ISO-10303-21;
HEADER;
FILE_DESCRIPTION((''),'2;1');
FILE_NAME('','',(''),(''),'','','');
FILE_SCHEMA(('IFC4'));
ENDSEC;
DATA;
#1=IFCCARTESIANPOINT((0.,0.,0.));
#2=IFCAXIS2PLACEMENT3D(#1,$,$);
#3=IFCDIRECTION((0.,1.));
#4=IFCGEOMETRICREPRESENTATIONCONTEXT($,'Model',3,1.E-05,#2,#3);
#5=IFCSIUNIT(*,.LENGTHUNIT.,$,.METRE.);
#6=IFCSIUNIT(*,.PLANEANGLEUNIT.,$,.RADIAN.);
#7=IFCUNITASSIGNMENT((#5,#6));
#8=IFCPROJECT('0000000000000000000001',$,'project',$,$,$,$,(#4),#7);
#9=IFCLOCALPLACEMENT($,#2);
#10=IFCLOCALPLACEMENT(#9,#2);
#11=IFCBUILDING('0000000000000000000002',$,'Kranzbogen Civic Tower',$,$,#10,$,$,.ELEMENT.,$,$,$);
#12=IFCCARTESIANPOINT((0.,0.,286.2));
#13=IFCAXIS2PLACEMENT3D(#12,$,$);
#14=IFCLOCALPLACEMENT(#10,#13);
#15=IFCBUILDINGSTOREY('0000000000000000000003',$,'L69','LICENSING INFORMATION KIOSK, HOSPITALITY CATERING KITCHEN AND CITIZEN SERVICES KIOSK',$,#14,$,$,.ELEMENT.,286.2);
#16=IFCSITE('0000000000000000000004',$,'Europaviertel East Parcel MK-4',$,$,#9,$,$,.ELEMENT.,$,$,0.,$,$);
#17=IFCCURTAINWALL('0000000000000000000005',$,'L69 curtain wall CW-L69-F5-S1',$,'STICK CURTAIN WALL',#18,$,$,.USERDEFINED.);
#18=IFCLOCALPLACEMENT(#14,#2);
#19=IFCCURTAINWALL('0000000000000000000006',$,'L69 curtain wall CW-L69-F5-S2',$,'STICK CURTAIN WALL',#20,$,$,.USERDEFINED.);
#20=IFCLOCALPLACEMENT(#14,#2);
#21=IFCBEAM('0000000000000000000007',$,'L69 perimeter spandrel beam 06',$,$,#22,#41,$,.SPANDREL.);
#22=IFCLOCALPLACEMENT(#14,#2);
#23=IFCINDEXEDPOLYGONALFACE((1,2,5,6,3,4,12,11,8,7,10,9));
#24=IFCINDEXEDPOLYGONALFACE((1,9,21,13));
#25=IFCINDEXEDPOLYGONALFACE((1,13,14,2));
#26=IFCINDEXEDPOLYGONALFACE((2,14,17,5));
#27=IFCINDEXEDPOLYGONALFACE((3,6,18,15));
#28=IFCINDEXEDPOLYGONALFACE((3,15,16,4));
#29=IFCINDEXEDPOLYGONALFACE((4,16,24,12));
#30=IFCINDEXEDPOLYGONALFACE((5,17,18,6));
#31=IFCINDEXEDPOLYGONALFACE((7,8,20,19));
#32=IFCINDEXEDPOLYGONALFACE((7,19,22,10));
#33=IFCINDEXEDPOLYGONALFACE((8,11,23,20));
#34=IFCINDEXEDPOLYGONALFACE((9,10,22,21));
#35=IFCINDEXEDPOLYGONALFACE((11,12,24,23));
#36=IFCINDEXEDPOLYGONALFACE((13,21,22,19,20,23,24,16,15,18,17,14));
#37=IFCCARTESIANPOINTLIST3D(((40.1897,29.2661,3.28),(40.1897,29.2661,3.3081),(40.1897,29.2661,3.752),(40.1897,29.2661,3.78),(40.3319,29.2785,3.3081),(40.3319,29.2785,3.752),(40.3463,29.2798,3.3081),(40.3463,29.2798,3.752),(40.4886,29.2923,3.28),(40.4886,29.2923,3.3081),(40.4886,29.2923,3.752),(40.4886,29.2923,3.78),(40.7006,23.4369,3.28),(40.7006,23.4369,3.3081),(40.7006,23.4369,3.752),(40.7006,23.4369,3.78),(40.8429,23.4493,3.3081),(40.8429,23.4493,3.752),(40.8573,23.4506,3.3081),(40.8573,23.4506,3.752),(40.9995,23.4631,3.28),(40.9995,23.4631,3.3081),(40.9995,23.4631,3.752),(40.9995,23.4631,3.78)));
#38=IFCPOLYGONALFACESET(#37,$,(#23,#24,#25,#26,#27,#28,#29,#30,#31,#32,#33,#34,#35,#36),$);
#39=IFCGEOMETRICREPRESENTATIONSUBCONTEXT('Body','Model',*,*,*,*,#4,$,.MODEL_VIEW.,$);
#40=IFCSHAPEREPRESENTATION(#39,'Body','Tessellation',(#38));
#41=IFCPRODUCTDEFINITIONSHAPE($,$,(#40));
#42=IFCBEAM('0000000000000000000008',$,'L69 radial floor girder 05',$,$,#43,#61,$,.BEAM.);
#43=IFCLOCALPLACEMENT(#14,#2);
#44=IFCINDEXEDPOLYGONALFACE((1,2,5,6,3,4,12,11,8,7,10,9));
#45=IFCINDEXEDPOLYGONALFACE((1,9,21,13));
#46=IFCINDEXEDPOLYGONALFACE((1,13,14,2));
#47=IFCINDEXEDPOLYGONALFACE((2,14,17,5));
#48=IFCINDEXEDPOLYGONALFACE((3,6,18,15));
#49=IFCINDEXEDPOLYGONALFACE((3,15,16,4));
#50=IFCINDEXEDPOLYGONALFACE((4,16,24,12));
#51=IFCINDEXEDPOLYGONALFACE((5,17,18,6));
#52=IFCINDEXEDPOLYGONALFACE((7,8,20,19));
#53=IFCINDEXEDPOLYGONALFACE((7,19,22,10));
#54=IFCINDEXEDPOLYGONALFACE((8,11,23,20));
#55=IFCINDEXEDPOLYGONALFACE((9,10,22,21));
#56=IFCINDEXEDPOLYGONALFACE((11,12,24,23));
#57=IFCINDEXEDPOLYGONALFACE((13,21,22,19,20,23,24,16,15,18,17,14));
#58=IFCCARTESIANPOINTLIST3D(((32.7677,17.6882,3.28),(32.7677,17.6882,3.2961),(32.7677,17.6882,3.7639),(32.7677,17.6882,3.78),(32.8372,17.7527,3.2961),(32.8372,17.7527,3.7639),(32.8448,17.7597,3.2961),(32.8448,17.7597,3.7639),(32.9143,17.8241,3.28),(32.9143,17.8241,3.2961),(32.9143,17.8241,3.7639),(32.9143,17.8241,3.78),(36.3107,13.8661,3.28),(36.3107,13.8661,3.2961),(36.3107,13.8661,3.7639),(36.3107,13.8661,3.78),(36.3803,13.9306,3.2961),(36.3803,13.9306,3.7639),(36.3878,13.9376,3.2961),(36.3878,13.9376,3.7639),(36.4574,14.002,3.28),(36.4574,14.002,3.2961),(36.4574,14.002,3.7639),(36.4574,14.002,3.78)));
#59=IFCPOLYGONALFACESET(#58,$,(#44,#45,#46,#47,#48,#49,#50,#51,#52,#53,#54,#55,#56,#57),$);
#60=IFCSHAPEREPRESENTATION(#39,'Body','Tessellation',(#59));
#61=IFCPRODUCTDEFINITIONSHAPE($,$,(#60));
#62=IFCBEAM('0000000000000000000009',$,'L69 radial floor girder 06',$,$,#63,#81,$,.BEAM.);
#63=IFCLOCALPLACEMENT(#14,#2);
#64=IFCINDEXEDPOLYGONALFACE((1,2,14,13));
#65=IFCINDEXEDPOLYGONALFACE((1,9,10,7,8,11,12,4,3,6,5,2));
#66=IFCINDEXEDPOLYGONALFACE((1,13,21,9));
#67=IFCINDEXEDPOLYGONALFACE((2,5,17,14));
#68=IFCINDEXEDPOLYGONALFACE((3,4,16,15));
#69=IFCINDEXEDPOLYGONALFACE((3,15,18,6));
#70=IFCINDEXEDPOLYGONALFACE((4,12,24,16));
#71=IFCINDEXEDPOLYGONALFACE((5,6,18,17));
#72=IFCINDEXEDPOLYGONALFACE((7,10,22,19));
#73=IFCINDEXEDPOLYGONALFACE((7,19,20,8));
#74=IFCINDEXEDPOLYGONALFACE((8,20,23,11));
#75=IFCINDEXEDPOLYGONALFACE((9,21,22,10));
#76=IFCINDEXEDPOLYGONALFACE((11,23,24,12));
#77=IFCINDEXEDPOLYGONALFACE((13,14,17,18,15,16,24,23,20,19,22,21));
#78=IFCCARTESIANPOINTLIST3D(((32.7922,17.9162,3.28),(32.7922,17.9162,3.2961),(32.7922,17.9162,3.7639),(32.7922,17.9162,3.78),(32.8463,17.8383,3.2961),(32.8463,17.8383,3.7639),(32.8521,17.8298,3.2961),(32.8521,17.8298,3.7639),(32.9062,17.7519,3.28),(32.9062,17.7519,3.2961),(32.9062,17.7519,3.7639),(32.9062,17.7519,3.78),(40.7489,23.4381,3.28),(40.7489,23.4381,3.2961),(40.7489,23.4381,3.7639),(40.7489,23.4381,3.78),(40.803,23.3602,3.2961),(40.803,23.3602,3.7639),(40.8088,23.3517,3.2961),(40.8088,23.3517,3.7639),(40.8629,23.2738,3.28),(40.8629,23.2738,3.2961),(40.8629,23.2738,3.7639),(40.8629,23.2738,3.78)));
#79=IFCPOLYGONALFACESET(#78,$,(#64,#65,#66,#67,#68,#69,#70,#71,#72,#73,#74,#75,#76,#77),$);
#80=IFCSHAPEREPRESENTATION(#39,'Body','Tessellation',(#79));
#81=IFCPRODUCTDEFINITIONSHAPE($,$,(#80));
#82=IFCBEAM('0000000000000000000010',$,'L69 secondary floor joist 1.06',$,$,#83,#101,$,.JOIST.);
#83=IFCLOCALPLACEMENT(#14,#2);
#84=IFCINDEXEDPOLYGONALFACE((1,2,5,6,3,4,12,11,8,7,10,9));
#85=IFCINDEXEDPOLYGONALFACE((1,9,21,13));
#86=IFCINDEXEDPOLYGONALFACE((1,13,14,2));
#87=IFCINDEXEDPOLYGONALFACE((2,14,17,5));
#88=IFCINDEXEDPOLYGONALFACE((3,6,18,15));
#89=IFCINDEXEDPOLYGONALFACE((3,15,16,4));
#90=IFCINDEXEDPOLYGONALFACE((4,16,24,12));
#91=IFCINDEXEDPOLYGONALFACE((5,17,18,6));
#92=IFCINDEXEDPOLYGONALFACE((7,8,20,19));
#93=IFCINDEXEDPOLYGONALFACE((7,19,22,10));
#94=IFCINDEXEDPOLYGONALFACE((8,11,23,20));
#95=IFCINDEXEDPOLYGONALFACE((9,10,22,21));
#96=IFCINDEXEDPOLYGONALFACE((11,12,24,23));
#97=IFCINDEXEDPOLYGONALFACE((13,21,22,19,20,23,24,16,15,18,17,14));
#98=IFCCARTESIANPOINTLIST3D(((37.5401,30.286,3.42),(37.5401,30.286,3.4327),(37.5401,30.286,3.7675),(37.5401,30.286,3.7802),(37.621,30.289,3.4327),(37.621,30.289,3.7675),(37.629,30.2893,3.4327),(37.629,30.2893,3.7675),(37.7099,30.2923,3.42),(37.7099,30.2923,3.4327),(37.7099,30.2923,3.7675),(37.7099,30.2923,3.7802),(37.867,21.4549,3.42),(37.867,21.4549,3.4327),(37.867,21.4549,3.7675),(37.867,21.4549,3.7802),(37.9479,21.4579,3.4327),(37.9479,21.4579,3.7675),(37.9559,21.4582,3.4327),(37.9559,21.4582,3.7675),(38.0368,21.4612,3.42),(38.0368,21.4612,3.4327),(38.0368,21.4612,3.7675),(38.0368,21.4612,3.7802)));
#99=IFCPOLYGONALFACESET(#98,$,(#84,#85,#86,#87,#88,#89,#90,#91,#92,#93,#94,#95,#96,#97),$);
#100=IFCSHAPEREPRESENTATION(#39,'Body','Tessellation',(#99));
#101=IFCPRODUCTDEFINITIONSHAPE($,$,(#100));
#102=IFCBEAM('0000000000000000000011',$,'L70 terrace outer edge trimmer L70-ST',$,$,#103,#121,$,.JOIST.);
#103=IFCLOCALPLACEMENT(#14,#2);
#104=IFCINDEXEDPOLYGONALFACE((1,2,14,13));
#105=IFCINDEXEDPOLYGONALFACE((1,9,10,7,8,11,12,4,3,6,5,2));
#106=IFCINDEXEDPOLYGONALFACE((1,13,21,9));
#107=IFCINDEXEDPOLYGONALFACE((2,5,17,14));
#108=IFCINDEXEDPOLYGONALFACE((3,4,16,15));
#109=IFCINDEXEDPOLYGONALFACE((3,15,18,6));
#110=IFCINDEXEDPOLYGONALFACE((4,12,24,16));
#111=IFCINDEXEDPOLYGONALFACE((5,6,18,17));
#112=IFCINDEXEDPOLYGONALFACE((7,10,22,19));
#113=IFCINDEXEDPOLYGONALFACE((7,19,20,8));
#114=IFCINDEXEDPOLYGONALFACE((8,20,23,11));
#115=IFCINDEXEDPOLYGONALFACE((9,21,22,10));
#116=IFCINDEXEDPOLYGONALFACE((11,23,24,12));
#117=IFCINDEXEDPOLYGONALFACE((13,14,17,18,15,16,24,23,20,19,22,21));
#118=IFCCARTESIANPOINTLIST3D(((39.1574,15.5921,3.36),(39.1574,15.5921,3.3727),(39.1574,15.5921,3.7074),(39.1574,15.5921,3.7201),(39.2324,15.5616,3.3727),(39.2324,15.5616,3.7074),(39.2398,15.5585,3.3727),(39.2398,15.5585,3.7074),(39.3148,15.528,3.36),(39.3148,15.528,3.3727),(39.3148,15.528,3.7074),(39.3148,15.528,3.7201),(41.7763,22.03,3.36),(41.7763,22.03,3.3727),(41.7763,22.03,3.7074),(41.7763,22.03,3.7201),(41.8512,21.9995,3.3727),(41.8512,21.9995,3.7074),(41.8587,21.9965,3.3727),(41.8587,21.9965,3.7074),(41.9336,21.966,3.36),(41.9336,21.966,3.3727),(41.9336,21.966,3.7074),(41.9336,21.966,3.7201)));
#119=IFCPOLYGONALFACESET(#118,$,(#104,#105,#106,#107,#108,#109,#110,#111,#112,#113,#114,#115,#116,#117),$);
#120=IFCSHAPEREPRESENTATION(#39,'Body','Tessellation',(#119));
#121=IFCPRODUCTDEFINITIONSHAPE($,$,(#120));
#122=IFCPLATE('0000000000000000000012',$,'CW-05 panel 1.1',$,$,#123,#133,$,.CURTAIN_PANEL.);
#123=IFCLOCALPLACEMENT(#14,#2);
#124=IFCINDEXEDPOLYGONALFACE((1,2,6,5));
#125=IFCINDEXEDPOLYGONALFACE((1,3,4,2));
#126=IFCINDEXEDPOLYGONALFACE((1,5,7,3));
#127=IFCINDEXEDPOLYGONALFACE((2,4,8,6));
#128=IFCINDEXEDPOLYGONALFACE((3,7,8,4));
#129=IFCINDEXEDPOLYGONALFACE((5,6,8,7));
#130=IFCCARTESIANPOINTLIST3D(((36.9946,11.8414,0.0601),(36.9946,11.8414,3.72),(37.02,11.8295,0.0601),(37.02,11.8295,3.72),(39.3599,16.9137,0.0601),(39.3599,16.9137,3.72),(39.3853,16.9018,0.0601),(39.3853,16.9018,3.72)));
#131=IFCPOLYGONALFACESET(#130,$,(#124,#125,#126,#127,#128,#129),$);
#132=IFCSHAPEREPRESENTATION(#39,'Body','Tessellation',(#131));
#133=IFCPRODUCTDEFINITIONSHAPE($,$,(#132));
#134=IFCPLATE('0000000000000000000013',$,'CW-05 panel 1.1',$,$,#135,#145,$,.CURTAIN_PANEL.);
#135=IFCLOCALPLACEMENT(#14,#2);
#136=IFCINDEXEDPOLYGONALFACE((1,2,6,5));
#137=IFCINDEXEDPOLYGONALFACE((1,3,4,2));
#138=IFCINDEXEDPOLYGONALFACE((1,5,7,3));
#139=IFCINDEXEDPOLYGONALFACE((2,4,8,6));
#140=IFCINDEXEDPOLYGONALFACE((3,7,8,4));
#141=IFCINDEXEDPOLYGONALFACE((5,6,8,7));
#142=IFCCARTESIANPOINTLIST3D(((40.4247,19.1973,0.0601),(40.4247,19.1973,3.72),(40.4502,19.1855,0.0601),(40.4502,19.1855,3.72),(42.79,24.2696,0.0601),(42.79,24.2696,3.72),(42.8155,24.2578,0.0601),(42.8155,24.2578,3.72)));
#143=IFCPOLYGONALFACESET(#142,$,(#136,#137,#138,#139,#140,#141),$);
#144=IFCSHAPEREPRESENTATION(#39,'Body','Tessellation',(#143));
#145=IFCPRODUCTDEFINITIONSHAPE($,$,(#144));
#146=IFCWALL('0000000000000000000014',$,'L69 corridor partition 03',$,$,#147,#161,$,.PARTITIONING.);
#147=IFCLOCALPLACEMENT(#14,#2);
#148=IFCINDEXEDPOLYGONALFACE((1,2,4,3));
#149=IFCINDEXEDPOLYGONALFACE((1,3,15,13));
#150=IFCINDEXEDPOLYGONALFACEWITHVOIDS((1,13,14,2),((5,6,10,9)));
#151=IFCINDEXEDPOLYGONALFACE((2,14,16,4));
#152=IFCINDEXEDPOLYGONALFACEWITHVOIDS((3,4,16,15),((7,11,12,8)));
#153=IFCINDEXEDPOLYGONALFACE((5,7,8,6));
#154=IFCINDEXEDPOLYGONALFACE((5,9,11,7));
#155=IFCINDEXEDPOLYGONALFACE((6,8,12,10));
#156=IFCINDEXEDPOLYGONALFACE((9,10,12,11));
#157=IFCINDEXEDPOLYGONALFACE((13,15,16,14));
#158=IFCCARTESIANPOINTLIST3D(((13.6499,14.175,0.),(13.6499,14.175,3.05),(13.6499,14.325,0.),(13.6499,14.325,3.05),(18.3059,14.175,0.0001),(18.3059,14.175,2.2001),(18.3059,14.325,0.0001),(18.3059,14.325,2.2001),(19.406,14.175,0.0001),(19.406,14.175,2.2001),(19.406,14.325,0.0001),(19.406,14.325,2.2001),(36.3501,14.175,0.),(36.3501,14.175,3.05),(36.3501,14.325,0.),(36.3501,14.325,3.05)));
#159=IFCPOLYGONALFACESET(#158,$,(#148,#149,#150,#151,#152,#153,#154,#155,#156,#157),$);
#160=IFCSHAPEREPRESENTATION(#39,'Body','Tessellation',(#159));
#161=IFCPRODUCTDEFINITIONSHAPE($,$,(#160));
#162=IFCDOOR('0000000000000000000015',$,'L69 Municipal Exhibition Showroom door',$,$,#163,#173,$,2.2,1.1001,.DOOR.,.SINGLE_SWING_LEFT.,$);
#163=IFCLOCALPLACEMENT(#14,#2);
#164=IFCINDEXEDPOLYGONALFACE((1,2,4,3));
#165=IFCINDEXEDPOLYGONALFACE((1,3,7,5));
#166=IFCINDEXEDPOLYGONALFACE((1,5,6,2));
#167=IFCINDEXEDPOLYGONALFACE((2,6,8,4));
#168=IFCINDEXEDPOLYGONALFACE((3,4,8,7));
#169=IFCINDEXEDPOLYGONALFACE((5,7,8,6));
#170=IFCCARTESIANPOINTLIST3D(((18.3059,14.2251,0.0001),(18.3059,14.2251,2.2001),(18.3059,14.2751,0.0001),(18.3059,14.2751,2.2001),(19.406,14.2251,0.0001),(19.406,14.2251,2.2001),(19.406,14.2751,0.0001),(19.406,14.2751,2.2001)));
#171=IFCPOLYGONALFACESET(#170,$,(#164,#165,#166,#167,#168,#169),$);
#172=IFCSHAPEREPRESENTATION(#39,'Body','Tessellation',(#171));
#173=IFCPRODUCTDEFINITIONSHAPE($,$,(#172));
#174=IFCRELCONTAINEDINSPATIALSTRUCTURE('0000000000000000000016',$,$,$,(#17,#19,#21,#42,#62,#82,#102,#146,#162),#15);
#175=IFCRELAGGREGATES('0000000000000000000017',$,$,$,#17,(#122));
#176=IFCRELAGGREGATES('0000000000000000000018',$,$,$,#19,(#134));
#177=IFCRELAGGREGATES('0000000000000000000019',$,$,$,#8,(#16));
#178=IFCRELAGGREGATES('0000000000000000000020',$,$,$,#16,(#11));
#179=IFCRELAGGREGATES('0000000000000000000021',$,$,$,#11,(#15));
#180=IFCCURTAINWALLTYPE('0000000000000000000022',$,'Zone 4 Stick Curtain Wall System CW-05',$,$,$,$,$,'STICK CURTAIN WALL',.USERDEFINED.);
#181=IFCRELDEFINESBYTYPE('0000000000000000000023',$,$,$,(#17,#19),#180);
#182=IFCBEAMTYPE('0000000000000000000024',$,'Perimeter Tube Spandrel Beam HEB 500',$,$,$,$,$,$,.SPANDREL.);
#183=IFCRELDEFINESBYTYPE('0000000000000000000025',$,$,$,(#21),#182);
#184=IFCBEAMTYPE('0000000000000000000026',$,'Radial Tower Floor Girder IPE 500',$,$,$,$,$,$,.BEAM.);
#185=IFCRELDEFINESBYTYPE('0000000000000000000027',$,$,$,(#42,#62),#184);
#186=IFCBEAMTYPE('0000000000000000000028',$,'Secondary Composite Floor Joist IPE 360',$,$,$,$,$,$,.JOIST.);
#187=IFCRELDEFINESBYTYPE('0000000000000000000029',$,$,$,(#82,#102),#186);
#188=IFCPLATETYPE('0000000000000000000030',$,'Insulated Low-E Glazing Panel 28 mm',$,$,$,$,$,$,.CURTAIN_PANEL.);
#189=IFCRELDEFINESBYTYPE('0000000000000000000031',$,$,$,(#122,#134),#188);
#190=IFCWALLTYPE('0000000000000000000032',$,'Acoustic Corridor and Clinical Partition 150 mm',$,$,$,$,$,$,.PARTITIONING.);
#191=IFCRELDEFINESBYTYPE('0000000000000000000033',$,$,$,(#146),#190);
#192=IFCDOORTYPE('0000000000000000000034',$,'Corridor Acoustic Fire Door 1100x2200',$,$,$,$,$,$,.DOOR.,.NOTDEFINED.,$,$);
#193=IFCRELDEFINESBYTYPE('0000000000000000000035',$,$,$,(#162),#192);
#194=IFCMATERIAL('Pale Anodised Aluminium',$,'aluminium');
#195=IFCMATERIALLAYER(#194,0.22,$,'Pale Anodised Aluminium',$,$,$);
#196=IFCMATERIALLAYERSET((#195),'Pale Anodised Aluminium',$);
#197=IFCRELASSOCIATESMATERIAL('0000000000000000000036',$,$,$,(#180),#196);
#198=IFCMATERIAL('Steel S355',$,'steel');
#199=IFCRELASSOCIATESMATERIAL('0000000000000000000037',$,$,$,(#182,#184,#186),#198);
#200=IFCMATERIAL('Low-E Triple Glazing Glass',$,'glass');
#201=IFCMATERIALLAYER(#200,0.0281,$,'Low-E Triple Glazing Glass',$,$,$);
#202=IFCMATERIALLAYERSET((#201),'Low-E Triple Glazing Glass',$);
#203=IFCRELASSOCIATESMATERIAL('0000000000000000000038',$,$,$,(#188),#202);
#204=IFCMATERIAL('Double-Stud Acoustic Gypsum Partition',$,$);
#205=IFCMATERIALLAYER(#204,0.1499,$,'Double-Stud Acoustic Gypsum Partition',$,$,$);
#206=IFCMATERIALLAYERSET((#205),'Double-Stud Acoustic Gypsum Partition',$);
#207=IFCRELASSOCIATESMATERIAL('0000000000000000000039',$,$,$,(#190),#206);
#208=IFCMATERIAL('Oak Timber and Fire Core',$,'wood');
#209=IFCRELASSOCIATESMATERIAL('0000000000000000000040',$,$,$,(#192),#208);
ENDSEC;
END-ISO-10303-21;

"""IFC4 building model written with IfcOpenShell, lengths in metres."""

from ifc_helpers import new_model, si_unit, direction, frame, frame_2d, origin, origin_2d, place, context, subcontext, project, spatial, rectangle, i_section, extrude, material, layer, layer_set, material_profile, profile_set, type_object, element, fill, aggregate, save


model = new_model("IFC4")

# Units and contexts
model_context = context("Model", 3, precision=1e-05, world=origin(), true_north=direction((0.0, 1.0)))
body_context = subcontext(model_context, "Body", "Model", "MODEL_VIEW")
ifc_project = project(units=[si_unit("LENGTHUNIT", "METRE"), si_unit("PLANEANGLEUNIT", "RADIAN")], contexts=[model_context])

# Site, building, storey
site_placement = place(None, origin())
site = spatial("IfcSite", under=ifc_project, at=site_placement, Name="Europaviertel East Parcel MK-4", CompositionType="ELEMENT", RefElevation=0.0)
building_placement = place(site_placement, origin())
building = spatial("IfcBuilding", under=site, at=building_placement, Name="Kranzbogen Civic Tower", CompositionType="ELEMENT")
storey_placement = place(building_placement, frame((0.0, 0.0, 286.2)))
storey = spatial("IfcBuildingStorey", under=building, at=storey_placement, Name="L69", Description="LICENSING INFORMATION KIOSK, HOSPITALITY CATERING KITCHEN AND CITIZEN SERVICES KIOSK", CompositionType="ELEMENT", Elevation=286.2)

# Shared definitions
ifc_material_1 = material(Name="Steel S355", Category="steel")

# Curtain wall
ifc_material_2 = material(Name="Pale Anodised Aluminium", Category="aluminium")
ifc_layer_1 = layer(ifc_material_2, 0.22, Name="Pale Anodised Aluminium")
ifc_layer_set_1 = layer_set([ifc_layer_1], Name="Pale Anodised Aluminium")
curtain_wall_type = type_object("IfcCurtainWallType", Name="Zone 4 Stick Curtain Wall System CW-05", ElementType="STICK CURTAIN WALL", PredefinedType="USERDEFINED", material=ifc_layer_set_1)
curtain_wall_1_placement = place(storey_placement, origin())
curtain_wall_1 = element("IfcCurtainWall", 1, at=curtain_wall_1_placement, inside=storey, type_object=curtain_wall_type, Name="L69 curtain wall CW-L69-F5-S1", ObjectType="STICK CURTAIN WALL", PredefinedType="USERDEFINED")

# Curtain wall
curtain_wall_2_placement = place(storey_placement, origin())
curtain_wall_2 = element("IfcCurtainWall", 2, at=curtain_wall_2_placement, inside=storey, type_object=curtain_wall_type, Name="L69 curtain wall CW-L69-F5-S2", ObjectType="STICK CURTAIN WALL", PredefinedType="USERDEFINED")

# Beams
ifc_material_profile_1 = material_profile(ifc_material_1, i_section(OverallWidth=0.3, OverallDepth=0.5, WebThickness=0.0144, FlangeThickness=0.0281, at=origin_2d()), Name="HEB 500")
ifc_profile_set_1 = profile_set([ifc_material_profile_1], Name="Steel S355")
beam_type_1 = type_object("IfcBeamType", Name="Perimeter Tube Spandrel Beam HEB 500", PredefinedType="SPANDREL", material=ifc_profile_set_1)
beam_1_placement = place(storey_placement, frame((40.8501, 23.45, 3.53), z_axis=(-0.087326, 0.99618, 0.0), x_axis=(-0.99618, -0.087326, 0.0)))
element("IfcBeam", 3, at=beam_1_placement, inside=storey, type_object=beam_type_1, Name="L69 perimeter spandrel beam 06", PredefinedType="SPANDREL", context=body_context, shape_type="SweptSolid", body=[
    extrude(i_section(OverallWidth=0.3, OverallDepth=0.5, WebThickness=0.0144, FlangeThickness=0.0281, at=origin_2d()), origin(), (0.0, 0.0, 1.0), 5.8516),
])
ifc_material_profile_2 = material_profile(ifc_material_1, i_section(OverallWidth=0.2, OverallDepth=0.5, WebThickness=0.0103, FlangeThickness=0.0161, at=origin_2d()), Name="IPE 500")
ifc_profile_set_2 = profile_set([ifc_material_profile_2], Name="Steel S355")
beam_type_2 = type_object("IfcBeamType", Name="Radial Tower Floor Girder IPE 500", PredefinedType="BEAM", material=ifc_profile_set_2)
beam_2_placement = place(storey_placement, frame((36.384, 13.9341, 3.53), z_axis=(-0.679827, 0.733372, 0.0), x_axis=(-0.733372, -0.679827, 0.0)))
element("IfcBeam", 4, at=beam_2_placement, inside=storey, type_object=beam_type_2, Name="L69 radial floor girder 05", PredefinedType="BEAM", context=body_context, shape_type="SweptSolid", body=[
    extrude(i_section(OverallWidth=0.2, OverallDepth=0.5, WebThickness=0.0103, FlangeThickness=0.0161, at=origin_2d()), origin(), (0.0, 0.0, 1.0), 5.2117),
])
beam_3_placement = place(storey_placement, frame((40.8059, 23.356, 3.53), z_axis=(-0.821543, -0.570147, 0.0), x_axis=(0.570147, -0.821543, 0.0)))
element("IfcBeam", 5, at=beam_3_placement, inside=storey, type_object=beam_type_2, Name="L69 radial floor girder 06", PredefinedType="BEAM", context=body_context, shape_type="SweptSolid", body=[
    extrude(i_section(OverallWidth=0.2, OverallDepth=0.5, WebThickness=0.0103, FlangeThickness=0.0161, at=origin_2d()), origin(), (0.0, 0.0, 1.0), 9.6851),
])
ifc_material_profile_3 = material_profile(ifc_material_1, i_section(OverallWidth=0.1699, OverallDepth=0.3601, WebThickness=0.0081, FlangeThickness=0.0127, at=origin_2d()), Name="IPE 360")
ifc_profile_set_3 = profile_set([ifc_material_profile_3], Name="Steel S355")
beam_type_3 = type_object("IfcBeamType", Name="Secondary Composite Floor Joist IPE 360", PredefinedType="JOIST", material=ifc_profile_set_3)
beam_4_placement = place(storey_placement, frame((37.9519, 21.458, 3.6001), z_axis=(-0.036992, 0.999316, 0.0), x_axis=(-0.999316, -0.036992, 0.0)))
element("IfcBeam", 6, at=beam_4_placement, inside=storey, type_object=beam_type_3, Name="L69 secondary floor joist 1.06", PredefinedType="JOIST", context=body_context, shape_type="SweptSolid", body=[
    extrude(i_section(OverallWidth=0.1699, OverallDepth=0.3601, WebThickness=0.0081, FlangeThickness=0.0127, at=origin_2d()), origin(), (0.0, 0.0, 1.0), 8.8372),
])
beam_5_placement = place(storey_placement, frame((39.2361, 15.5601, 3.54), z_axis=(0.376805, 0.926293, 0.0), x_axis=(-0.926293, 0.376805, 0.0)))
element("IfcBeam", 7, at=beam_5_placement, inside=storey, type_object=beam_type_3, Name="L70 terrace outer edge trimmer L70-ST", PredefinedType="JOIST", context=body_context, shape_type="SweptSolid", body=[
    extrude(i_section(OverallWidth=0.1699, OverallDepth=0.3601, WebThickness=0.0081, FlangeThickness=0.0127, at=origin_2d()), origin(), (0.0, 0.0, 1.0), 6.9502),
])

# Plates
ifc_material_3 = material(Name="Low-E Triple Glazing Glass", Category="glass")
ifc_layer_2 = layer(ifc_material_3, 0.0281, Name="Low-E Triple Glazing Glass")
ifc_layer_set_2 = layer_set([ifc_layer_2], Name="Low-E Triple Glazing Glass")
plate_type = type_object("IfcPlateType", Name="Insulated Low-E Glazing Panel 28 mm", PredefinedType="CURTAIN_PANEL", material=ifc_layer_set_2)
plate_1_placement = place(storey_placement, frame((38.1899, 14.3716, 0.0601), z_axis=(0.0, 0.0, 1.0), x_axis=(0.422627, 0.906304, 0.0)))
plate_1 = element("IfcPlate", 8, at=plate_1_placement, type_object=plate_type, Name="CW-05 panel 1.1", PredefinedType="CURTAIN_PANEL", context=body_context, shape_type="SweptSolid", body=[
    extrude(rectangle(XDim=5.5967, YDim=0.0281, at=origin_2d()), origin(), (0.0, 0.0, 1.0), 3.6599),
])
aggregate(curtain_wall_1, [plate_1])
plate_2_placement = place(storey_placement, frame((41.6201, 21.7275, 0.0601), z_axis=(0.0, 0.0, 1.0), x_axis=(0.422627, 0.906304, 0.0)))
plate_2 = element("IfcPlate", 9, at=plate_2_placement, type_object=plate_type, Name="CW-05 panel 1.1", PredefinedType="CURTAIN_PANEL", context=body_context, shape_type="SweptSolid", body=[
    extrude(rectangle(XDim=5.5967, YDim=0.0281, at=origin_2d()), origin(), (0.0, 0.0, 1.0), 3.6599),
])
aggregate(curtain_wall_2, [plate_2])

# Wall, opening, door
ifc_material_4 = material(Name="Double-Stud Acoustic Gypsum Partition")
ifc_layer_3 = layer(ifc_material_4, 0.1499, Name="Double-Stud Acoustic Gypsum Partition")
ifc_layer_set_3 = layer_set([ifc_layer_3], Name="Double-Stud Acoustic Gypsum Partition")
wall_type_1 = type_object("IfcWallType", Name="Acoustic Corridor and Clinical Partition 150 mm", PredefinedType="PARTITIONING", material=ifc_layer_set_3)
wall_1_placement = place(storey_placement, frame((36.3501, 14.25, 0.0), z_axis=(0.0, 0.0, 1.0), x_axis=(-1.0, 0.0, 0.0)))
wall_1 = element("IfcWall", 10, at=wall_1_placement, inside=storey, type_object=wall_type_1, Name="L69 corridor partition 03", PredefinedType="PARTITIONING", context=body_context, shape_type="SweptSolid", body=[
    extrude(rectangle(XDim=22.7002, YDim=0.1499, at=frame_2d((11.3501, 0.0))), origin(), (0.0, 0.0, 1.0), 3.05),
])
opening_1_placement = place(wall_1_placement, frame((16.9441, 0.0, 0.0)))
opening_1 = element("IfcOpeningElement", 11, at=opening_1_placement, cuts=wall_1, PredefinedType="OPENING", context=body_context, shape_type="SweptSolid", body=[
    extrude(rectangle(XDim=1.1001, YDim=2.2, at=frame_2d((0.55, 1.1001))), frame((0.0, 0.085, 0.0), z_axis=(0.0, -1.0, 0.0), x_axis=(1.0, 0.0, 0.0)), (0.0, 0.0, 1.0), 0.1699),
])
ifc_material_5 = material(Name="Oak Timber and Fire Core", Category="wood")
door_type_1 = type_object("IfcDoorType", Name="Corridor Acoustic Fire Door 1100x2200", OperationType="NOTDEFINED", PredefinedType="DOOR", material=ifc_material_5)
door_1_placement = place(opening_1_placement, origin())
door_1 = element("IfcDoor", 12, at=door_1_placement, inside=storey, type_object=door_type_1, Name="L69 Municipal Exhibition Showroom door", OperationType="SINGLE_SWING_LEFT", OverallHeight=2.2, OverallWidth=1.1001, PredefinedType="DOOR", context=body_context, shape_type="SweptSolid", body=[
    extrude(rectangle(XDim=1.1001, YDim=2.2, at=frame_2d((0.55, 1.1001))), frame((0.0, 0.0249, 0.0), z_axis=(0.0, -1.0, 0.0), x_axis=(1.0, 0.0, 0.0)), (0.0, 0.0, 1.0), 0.05),
])
fill(opening_1, door_1)

save(model, "model.ifc")
